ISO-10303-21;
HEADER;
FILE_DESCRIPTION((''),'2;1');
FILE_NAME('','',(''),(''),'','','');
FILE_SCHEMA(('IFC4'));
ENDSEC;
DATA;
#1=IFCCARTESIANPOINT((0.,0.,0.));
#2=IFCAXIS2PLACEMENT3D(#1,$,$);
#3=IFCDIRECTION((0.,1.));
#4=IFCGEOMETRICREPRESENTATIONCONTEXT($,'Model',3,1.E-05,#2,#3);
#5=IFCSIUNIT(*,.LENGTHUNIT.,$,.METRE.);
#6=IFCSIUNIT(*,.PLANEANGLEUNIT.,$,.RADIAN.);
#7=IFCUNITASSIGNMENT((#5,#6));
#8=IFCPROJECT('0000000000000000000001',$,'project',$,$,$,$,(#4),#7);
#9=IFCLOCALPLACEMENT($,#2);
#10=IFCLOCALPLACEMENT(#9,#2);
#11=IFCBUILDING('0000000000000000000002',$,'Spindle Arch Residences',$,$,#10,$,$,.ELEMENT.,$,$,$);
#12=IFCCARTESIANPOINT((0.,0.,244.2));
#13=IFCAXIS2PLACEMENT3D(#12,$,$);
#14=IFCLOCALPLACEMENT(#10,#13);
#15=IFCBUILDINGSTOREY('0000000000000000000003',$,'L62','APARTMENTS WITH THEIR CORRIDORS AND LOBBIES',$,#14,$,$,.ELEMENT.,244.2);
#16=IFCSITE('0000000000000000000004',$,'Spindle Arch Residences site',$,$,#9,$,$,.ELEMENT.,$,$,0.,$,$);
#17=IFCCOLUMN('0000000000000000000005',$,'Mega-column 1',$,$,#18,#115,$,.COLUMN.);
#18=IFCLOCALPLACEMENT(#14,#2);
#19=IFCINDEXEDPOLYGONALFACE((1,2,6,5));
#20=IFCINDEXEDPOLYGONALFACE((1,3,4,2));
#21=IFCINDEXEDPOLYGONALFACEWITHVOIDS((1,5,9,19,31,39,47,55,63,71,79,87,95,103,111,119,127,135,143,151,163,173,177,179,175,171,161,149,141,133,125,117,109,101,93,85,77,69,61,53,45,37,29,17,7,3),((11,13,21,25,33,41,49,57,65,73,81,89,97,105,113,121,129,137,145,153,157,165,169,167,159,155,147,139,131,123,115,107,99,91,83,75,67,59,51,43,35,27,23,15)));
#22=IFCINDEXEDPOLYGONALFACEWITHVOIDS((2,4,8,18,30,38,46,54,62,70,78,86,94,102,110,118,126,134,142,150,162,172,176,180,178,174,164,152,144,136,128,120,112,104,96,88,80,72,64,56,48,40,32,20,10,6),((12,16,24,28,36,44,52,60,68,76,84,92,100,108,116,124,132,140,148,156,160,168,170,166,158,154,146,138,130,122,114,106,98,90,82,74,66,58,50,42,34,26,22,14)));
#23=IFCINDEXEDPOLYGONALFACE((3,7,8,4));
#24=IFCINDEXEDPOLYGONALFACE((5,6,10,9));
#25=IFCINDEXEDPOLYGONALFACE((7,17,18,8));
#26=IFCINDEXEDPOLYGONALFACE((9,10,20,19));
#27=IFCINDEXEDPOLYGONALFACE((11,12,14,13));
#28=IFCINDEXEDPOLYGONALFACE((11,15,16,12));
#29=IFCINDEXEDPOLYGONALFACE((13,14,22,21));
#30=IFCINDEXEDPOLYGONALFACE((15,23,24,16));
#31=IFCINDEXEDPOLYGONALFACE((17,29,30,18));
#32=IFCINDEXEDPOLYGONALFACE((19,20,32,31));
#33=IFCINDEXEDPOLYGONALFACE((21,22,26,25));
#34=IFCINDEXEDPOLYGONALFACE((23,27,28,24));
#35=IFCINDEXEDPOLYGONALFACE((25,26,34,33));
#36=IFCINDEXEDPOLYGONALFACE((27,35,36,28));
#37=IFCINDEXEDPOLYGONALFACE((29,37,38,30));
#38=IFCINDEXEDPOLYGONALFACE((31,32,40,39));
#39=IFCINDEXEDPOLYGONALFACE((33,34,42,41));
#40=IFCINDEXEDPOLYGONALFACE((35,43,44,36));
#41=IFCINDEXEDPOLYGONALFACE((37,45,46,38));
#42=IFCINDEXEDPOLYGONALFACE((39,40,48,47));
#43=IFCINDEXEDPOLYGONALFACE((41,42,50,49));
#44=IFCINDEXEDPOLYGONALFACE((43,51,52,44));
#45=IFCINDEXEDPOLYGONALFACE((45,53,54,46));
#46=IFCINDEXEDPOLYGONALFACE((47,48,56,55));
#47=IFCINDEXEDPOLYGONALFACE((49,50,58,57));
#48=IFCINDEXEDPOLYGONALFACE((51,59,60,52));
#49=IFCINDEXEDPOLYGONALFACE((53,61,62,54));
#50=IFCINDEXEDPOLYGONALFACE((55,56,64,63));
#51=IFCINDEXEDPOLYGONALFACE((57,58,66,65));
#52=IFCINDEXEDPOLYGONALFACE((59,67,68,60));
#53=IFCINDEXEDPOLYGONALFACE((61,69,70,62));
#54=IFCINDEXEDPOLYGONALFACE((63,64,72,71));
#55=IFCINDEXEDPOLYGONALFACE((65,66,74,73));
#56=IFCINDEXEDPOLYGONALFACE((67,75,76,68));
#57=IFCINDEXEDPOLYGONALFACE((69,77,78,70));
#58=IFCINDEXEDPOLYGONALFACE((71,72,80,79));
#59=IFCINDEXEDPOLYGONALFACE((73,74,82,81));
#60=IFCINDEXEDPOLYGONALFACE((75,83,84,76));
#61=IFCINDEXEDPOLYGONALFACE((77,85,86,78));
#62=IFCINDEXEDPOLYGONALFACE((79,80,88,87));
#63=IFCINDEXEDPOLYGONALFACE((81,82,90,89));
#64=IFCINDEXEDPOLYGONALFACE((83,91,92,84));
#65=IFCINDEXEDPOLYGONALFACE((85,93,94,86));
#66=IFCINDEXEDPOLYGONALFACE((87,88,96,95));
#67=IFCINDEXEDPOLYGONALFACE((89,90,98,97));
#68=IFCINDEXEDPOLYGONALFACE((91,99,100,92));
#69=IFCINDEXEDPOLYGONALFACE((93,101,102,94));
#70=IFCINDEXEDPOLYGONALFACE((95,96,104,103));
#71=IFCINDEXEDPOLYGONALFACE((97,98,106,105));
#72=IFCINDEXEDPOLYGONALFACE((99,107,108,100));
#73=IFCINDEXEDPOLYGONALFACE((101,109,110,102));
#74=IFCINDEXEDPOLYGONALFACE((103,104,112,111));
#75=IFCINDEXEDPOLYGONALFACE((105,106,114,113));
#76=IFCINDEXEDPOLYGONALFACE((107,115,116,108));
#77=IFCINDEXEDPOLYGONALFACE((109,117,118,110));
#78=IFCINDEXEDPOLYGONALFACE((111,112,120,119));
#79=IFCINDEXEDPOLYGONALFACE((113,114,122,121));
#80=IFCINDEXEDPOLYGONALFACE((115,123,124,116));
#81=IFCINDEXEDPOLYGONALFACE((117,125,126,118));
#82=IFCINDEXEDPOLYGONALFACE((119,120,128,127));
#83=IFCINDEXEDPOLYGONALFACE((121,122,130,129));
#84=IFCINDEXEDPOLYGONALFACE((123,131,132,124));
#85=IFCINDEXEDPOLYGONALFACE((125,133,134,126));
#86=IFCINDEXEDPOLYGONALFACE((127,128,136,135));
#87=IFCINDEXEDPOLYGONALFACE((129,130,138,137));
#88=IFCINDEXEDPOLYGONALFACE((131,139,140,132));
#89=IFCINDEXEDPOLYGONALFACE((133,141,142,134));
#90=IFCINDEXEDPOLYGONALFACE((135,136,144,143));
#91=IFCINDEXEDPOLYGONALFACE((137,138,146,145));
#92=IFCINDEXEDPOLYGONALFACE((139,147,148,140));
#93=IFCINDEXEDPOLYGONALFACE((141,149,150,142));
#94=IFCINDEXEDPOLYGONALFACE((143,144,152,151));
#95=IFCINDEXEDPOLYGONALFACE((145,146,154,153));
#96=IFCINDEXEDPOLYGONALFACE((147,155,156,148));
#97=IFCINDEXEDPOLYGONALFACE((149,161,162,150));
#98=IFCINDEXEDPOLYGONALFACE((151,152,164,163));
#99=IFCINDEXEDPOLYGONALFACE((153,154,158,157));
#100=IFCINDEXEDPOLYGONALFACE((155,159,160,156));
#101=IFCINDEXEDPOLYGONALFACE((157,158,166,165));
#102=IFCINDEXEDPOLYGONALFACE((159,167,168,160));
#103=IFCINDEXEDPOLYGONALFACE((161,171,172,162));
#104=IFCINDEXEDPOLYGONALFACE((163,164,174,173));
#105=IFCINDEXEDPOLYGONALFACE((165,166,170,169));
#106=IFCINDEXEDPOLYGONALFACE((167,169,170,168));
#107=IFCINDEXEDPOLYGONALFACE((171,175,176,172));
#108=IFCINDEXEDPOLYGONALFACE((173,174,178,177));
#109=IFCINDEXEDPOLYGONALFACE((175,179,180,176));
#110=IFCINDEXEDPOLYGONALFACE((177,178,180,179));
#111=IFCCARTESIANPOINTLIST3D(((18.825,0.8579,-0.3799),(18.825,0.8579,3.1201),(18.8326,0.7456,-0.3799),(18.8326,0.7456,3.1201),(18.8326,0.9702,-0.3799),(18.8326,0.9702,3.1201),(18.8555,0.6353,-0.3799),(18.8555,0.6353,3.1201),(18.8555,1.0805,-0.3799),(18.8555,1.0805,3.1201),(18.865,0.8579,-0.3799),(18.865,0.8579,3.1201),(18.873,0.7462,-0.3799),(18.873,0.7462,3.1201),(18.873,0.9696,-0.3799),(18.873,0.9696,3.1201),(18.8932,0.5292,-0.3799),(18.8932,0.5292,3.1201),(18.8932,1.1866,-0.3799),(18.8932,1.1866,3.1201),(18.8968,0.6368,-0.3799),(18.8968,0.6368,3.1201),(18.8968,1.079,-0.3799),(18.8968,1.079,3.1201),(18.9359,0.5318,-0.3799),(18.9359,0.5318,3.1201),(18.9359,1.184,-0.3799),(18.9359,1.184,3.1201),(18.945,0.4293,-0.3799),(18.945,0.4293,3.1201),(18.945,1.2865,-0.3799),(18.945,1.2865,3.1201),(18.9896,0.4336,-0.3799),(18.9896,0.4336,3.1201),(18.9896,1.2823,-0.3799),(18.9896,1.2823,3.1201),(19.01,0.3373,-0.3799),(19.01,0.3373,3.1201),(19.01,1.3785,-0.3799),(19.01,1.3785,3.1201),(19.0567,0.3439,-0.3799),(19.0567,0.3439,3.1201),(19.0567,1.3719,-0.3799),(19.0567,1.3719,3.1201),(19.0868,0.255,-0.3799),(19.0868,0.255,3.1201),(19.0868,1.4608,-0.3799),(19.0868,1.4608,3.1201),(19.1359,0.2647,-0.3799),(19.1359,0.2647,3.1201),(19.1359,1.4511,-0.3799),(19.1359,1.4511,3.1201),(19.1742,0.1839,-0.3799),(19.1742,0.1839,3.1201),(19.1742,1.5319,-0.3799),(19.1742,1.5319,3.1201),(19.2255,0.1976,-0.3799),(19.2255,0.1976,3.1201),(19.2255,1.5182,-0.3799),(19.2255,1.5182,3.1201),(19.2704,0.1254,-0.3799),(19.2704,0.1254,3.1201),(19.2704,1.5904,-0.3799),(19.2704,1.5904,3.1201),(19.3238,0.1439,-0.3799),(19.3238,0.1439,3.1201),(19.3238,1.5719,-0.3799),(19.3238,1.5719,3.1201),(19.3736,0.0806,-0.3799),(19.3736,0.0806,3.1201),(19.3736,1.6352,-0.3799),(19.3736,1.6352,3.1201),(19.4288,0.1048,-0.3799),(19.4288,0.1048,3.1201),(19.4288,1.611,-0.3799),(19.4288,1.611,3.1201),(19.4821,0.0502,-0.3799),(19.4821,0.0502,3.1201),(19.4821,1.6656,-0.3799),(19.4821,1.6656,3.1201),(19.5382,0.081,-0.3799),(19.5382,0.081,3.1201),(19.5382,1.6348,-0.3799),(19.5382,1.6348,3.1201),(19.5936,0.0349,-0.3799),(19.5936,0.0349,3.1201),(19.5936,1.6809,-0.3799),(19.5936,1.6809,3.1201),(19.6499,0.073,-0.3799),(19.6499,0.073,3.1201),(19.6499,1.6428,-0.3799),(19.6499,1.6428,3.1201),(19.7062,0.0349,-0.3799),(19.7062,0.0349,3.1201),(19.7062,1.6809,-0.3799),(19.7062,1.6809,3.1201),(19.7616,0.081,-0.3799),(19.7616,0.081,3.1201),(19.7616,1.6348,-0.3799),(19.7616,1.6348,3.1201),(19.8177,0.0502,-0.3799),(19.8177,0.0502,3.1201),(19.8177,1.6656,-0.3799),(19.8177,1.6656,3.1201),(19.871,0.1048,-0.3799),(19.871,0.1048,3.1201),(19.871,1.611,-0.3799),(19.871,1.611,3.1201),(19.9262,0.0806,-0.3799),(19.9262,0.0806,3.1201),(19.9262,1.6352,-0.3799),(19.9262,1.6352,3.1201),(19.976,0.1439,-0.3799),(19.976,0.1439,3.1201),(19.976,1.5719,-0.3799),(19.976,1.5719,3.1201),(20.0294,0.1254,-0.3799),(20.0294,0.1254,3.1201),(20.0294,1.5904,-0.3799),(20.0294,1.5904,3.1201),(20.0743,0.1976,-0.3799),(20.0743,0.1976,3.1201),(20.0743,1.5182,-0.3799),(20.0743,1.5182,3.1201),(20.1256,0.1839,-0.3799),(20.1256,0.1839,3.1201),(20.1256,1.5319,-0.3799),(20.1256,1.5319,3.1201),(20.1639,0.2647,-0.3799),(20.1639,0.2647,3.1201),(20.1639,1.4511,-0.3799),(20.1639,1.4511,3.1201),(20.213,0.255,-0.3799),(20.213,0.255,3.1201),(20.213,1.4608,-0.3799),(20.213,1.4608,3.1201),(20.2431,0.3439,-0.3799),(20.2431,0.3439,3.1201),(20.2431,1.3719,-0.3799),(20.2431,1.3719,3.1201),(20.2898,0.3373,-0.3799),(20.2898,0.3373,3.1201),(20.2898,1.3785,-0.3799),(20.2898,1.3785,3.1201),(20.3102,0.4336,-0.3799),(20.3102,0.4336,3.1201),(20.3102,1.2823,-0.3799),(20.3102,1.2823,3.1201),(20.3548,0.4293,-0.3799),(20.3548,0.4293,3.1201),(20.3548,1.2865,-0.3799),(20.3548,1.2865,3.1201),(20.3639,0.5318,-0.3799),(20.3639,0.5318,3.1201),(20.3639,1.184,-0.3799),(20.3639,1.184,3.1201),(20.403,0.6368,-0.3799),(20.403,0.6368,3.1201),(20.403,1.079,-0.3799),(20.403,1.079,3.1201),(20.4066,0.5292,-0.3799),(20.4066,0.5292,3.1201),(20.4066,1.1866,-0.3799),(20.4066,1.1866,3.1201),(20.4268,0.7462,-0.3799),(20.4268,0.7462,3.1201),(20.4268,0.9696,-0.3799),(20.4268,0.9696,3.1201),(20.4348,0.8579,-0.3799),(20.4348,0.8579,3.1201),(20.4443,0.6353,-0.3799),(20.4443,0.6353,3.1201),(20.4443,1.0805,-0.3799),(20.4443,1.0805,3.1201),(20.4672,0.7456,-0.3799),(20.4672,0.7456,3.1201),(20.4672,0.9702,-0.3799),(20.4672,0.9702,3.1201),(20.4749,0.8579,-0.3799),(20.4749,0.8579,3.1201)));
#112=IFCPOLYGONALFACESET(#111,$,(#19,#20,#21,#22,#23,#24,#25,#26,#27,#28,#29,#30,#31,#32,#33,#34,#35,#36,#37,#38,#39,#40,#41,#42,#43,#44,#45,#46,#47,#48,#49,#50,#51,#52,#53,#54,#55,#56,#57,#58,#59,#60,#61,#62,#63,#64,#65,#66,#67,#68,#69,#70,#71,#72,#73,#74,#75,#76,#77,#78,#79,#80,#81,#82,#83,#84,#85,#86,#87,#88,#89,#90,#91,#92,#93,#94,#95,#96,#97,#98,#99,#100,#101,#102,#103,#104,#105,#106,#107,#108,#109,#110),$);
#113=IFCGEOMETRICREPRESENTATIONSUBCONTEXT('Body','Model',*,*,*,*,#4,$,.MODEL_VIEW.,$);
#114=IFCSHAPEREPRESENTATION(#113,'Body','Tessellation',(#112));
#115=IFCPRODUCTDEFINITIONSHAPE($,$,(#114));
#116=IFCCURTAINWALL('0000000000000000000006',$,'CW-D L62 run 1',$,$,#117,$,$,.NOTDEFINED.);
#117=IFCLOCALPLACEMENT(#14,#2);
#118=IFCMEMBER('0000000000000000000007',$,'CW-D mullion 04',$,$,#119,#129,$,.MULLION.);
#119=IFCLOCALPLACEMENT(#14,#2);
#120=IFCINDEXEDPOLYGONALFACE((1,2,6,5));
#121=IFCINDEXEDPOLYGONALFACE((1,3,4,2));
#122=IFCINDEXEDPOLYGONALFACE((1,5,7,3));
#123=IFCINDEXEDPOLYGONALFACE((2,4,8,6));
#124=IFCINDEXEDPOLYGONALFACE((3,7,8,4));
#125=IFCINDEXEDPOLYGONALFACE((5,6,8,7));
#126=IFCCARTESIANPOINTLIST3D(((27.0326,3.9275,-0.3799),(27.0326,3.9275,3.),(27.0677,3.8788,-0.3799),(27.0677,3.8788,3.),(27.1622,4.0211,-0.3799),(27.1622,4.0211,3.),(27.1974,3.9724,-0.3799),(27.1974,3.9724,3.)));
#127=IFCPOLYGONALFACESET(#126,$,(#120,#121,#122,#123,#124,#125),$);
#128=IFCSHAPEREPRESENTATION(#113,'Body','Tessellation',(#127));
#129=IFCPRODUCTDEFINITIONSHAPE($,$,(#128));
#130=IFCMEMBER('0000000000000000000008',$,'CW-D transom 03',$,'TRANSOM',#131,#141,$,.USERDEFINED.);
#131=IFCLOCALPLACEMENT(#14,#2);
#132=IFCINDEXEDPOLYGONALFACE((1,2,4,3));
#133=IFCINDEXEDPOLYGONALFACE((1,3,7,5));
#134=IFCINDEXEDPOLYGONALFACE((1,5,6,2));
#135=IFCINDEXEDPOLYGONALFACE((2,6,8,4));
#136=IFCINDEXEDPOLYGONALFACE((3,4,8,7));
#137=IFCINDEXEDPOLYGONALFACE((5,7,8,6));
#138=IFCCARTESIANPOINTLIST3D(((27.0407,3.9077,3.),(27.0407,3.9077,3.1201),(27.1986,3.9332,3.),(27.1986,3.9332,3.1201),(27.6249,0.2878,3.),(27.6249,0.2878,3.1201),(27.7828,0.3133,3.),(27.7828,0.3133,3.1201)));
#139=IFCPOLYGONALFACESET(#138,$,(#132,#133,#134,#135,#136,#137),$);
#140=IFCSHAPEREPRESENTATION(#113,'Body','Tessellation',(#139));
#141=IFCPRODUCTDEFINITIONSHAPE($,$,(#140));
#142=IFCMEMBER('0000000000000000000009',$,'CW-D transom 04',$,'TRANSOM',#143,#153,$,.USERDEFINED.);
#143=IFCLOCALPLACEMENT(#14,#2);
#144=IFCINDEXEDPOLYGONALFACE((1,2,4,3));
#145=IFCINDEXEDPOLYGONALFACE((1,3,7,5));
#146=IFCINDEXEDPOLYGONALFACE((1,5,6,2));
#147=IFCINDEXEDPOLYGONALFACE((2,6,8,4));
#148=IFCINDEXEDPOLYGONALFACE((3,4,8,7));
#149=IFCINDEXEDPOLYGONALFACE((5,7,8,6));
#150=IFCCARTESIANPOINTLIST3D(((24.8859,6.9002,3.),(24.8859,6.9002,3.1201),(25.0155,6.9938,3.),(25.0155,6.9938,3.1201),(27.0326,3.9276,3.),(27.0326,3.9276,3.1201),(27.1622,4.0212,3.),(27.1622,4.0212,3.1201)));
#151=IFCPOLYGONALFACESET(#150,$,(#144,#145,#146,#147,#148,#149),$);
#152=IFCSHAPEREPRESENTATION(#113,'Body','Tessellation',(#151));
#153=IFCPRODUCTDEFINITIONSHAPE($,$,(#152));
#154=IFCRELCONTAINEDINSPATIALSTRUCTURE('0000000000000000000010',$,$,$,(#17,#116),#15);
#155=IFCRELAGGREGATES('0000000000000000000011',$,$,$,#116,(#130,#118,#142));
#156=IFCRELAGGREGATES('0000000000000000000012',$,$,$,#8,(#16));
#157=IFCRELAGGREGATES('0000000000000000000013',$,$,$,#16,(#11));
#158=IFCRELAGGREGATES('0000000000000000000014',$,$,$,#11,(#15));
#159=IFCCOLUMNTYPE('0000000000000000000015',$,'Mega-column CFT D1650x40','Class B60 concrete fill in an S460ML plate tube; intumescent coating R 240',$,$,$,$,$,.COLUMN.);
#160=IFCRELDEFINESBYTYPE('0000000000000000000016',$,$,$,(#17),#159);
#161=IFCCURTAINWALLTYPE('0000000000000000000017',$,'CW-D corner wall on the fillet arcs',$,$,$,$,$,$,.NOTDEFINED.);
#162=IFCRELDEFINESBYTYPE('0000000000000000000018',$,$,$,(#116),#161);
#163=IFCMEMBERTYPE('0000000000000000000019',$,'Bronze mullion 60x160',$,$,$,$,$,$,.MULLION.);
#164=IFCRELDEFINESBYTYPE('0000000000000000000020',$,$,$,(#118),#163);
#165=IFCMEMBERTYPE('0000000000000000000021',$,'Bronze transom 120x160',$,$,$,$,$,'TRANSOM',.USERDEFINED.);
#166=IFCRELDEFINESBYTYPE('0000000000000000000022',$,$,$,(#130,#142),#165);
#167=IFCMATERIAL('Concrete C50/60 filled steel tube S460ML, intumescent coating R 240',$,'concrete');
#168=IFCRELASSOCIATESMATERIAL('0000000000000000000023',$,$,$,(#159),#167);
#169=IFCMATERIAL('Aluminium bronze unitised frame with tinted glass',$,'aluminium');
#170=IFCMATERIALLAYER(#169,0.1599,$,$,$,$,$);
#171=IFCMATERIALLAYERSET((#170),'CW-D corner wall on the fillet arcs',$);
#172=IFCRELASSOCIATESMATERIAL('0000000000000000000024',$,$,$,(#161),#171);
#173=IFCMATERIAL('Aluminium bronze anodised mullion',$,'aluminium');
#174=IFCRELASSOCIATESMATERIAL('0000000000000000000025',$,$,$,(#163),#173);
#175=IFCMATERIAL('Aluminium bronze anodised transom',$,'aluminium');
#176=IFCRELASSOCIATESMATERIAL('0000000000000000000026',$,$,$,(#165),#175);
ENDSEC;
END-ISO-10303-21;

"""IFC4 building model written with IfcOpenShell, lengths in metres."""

from ifc_helpers import new_model, si_unit, direction, frame, origin, origin_2d, place, context, subcontext, project, spatial, rectangle, hollow_circle, extrude, material, layer, layer_set, material_profile, profile_set, type_object, element, aggregate, save


model = new_model("IFC4")

# Units and contexts
model_context = context("Model", 3, precision=1e-05, world=origin(), true_north=direction((0.0, 1.0)))
body_context = subcontext(model_context, "Body", "Model", "MODEL_VIEW")
ifc_project = project(units=[si_unit("LENGTHUNIT", "METRE"), si_unit("PLANEANGLEUNIT", "RADIAN")], contexts=[model_context])

# Site, building, storey
site_placement = place(None, origin())
site = spatial("IfcSite", under=ifc_project, at=site_placement, Name="Spindle Arch Residences site", CompositionType="ELEMENT", RefElevation=0.0)
building_placement = place(site_placement, origin())
building = spatial("IfcBuilding", under=site, at=building_placement, Name="Spindle Arch Residences", CompositionType="ELEMENT")
storey_placement = place(building_placement, frame((0.0, 0.0, 244.2)))
storey = spatial("IfcBuildingStorey", under=building, at=storey_placement, Name="L62", Description="APARTMENTS WITH THEIR CORRIDORS AND LOBBIES", CompositionType="ELEMENT", Elevation=244.2)

# Column
ifc_material_1 = material(Name="Concrete C50/60 filled steel tube S460ML, intumescent coating R 240", Category="concrete")
ifc_material_profile_1 = material_profile(ifc_material_1, hollow_circle(Radius=0.825, WallThickness=0.04, at=origin_2d()), Name="CFT D1650x40")
ifc_profile_set_1 = profile_set([ifc_material_profile_1], Name="Concrete C50/60 filled steel tube S460ML, intumescent coating R 240")
column_type = type_object("IfcColumnType", Name="Mega-column CFT D1650x40", Description="Class B60 concrete fill in an S460ML plate tube; intumescent coating R 240", PredefinedType="COLUMN", material=ifc_profile_set_1)
column_placement = place(storey_placement, frame((19.6499, 0.8579, -0.3799), z_axis=(0.0, 0.0, 1.0), x_axis=(1.0, 0.0, 0.0)))
element("IfcColumn", 1, at=column_placement, inside=storey, type_object=column_type, Name="Mega-column 1", PredefinedType="COLUMN", context=body_context, shape_type="SweptSolid", body=[
    extrude(hollow_circle(Radius=0.825, WallThickness=0.04, at=origin_2d()), origin(), (0.0, 0.0, 1.0), 3.5),
])

# Curtain wall, members
ifc_material_2 = material(Name="Aluminium bronze unitised frame with tinted glass", Category="aluminium")
ifc_layer_1 = layer(ifc_material_2, 0.1599)
ifc_layer_set_1 = layer_set([ifc_layer_1], Name="CW-D corner wall on the fillet arcs")
curtain_wall_type = type_object("IfcCurtainWallType", Name="CW-D corner wall on the fillet arcs", PredefinedType="NOTDEFINED", material=ifc_layer_set_1)
curtain_wall_placement = place(storey_placement, origin())
curtain_wall = element("IfcCurtainWall", 2, at=curtain_wall_placement, inside=storey, type_object=curtain_wall_type, Name="CW-D L62 run 1", PredefinedType="NOTDEFINED")
ifc_material_3 = material(Name="Aluminium bronze anodised mullion", Category="aluminium")
ifc_material_profile_2 = material_profile(ifc_material_3, rectangle(XDim=0.1599, YDim=0.0601, at=origin_2d()), Name="MU 60x160")
ifc_profile_set_2 = profile_set([ifc_material_profile_2], Name="Aluminium bronze anodised mullion")
member_type_1 = type_object("IfcMemberType", Name="Bronze mullion 60x160", PredefinedType="MULLION", material=ifc_profile_set_2)
member_1_placement = place(storey_placement, frame((27.115, 3.95, -0.3799), z_axis=(0.0, 0.0, 1.0), x_axis=(-0.810723, -0.585429, 0.0)))
member_1 = element("IfcMember", 3, at=member_1_placement, type_object=member_type_1, Name="CW-D mullion 04", PredefinedType="MULLION", context=body_context, shape_type="SweptSolid", body=[
    extrude(rectangle(XDim=0.1599, YDim=0.0601, at=origin_2d()), origin(), (0.0, 0.0, 1.0), 3.3799),
])
ifc_material_4 = material(Name="Aluminium bronze anodised transom", Category="aluminium")
ifc_material_profile_3 = material_profile(ifc_material_4, rectangle(XDim=0.1599, YDim=0.1201, at=origin_2d()), Name="TR 120x160")
ifc_profile_set_3 = profile_set([ifc_material_profile_3], Name="Aluminium bronze anodised transom")
member_type_2 = type_object("IfcMemberType", Name="Bronze transom 120x160", ElementType="TRANSOM", PredefinedType="USERDEFINED", material=ifc_profile_set_3)
member_2_placement = place(storey_placement, frame((27.7039, 0.3005, 3.0601), z_axis=(-0.159333, 0.987225, 0.0), x_axis=(-0.987225, -0.159333, 0.0)))
member_2 = element("IfcMember", 4, at=member_2_placement, type_object=member_type_2, Name="CW-D transom 03", ObjectType="TRANSOM", PredefinedType="USERDEFINED", context=body_context, shape_type="SweptSolid", body=[
    extrude(rectangle(XDim=0.1599, YDim=0.1201, at=origin_2d()), origin(), (0.0, 0.0, 1.0), 3.6667),
])
member_3_placement = place(storey_placement, frame((27.0974, 3.9744, 3.0601), z_axis=(-0.585457, 0.810704, 0.0), x_axis=(-0.810704, -0.585457, 0.0)))
member_3 = element("IfcMember", 5, at=member_3_placement, type_object=member_type_2, Name="CW-D transom 04", ObjectType="TRANSOM", PredefinedType="USERDEFINED", context=body_context, shape_type="SweptSolid", body=[
    extrude(rectangle(XDim=0.1599, YDim=0.1201, at=origin_2d()), origin(), (0.0, 0.0, 1.0), 3.6667),
])

aggregate(curtain_wall, [member_2, member_1, member_3])

save(model, "model.ifc")
